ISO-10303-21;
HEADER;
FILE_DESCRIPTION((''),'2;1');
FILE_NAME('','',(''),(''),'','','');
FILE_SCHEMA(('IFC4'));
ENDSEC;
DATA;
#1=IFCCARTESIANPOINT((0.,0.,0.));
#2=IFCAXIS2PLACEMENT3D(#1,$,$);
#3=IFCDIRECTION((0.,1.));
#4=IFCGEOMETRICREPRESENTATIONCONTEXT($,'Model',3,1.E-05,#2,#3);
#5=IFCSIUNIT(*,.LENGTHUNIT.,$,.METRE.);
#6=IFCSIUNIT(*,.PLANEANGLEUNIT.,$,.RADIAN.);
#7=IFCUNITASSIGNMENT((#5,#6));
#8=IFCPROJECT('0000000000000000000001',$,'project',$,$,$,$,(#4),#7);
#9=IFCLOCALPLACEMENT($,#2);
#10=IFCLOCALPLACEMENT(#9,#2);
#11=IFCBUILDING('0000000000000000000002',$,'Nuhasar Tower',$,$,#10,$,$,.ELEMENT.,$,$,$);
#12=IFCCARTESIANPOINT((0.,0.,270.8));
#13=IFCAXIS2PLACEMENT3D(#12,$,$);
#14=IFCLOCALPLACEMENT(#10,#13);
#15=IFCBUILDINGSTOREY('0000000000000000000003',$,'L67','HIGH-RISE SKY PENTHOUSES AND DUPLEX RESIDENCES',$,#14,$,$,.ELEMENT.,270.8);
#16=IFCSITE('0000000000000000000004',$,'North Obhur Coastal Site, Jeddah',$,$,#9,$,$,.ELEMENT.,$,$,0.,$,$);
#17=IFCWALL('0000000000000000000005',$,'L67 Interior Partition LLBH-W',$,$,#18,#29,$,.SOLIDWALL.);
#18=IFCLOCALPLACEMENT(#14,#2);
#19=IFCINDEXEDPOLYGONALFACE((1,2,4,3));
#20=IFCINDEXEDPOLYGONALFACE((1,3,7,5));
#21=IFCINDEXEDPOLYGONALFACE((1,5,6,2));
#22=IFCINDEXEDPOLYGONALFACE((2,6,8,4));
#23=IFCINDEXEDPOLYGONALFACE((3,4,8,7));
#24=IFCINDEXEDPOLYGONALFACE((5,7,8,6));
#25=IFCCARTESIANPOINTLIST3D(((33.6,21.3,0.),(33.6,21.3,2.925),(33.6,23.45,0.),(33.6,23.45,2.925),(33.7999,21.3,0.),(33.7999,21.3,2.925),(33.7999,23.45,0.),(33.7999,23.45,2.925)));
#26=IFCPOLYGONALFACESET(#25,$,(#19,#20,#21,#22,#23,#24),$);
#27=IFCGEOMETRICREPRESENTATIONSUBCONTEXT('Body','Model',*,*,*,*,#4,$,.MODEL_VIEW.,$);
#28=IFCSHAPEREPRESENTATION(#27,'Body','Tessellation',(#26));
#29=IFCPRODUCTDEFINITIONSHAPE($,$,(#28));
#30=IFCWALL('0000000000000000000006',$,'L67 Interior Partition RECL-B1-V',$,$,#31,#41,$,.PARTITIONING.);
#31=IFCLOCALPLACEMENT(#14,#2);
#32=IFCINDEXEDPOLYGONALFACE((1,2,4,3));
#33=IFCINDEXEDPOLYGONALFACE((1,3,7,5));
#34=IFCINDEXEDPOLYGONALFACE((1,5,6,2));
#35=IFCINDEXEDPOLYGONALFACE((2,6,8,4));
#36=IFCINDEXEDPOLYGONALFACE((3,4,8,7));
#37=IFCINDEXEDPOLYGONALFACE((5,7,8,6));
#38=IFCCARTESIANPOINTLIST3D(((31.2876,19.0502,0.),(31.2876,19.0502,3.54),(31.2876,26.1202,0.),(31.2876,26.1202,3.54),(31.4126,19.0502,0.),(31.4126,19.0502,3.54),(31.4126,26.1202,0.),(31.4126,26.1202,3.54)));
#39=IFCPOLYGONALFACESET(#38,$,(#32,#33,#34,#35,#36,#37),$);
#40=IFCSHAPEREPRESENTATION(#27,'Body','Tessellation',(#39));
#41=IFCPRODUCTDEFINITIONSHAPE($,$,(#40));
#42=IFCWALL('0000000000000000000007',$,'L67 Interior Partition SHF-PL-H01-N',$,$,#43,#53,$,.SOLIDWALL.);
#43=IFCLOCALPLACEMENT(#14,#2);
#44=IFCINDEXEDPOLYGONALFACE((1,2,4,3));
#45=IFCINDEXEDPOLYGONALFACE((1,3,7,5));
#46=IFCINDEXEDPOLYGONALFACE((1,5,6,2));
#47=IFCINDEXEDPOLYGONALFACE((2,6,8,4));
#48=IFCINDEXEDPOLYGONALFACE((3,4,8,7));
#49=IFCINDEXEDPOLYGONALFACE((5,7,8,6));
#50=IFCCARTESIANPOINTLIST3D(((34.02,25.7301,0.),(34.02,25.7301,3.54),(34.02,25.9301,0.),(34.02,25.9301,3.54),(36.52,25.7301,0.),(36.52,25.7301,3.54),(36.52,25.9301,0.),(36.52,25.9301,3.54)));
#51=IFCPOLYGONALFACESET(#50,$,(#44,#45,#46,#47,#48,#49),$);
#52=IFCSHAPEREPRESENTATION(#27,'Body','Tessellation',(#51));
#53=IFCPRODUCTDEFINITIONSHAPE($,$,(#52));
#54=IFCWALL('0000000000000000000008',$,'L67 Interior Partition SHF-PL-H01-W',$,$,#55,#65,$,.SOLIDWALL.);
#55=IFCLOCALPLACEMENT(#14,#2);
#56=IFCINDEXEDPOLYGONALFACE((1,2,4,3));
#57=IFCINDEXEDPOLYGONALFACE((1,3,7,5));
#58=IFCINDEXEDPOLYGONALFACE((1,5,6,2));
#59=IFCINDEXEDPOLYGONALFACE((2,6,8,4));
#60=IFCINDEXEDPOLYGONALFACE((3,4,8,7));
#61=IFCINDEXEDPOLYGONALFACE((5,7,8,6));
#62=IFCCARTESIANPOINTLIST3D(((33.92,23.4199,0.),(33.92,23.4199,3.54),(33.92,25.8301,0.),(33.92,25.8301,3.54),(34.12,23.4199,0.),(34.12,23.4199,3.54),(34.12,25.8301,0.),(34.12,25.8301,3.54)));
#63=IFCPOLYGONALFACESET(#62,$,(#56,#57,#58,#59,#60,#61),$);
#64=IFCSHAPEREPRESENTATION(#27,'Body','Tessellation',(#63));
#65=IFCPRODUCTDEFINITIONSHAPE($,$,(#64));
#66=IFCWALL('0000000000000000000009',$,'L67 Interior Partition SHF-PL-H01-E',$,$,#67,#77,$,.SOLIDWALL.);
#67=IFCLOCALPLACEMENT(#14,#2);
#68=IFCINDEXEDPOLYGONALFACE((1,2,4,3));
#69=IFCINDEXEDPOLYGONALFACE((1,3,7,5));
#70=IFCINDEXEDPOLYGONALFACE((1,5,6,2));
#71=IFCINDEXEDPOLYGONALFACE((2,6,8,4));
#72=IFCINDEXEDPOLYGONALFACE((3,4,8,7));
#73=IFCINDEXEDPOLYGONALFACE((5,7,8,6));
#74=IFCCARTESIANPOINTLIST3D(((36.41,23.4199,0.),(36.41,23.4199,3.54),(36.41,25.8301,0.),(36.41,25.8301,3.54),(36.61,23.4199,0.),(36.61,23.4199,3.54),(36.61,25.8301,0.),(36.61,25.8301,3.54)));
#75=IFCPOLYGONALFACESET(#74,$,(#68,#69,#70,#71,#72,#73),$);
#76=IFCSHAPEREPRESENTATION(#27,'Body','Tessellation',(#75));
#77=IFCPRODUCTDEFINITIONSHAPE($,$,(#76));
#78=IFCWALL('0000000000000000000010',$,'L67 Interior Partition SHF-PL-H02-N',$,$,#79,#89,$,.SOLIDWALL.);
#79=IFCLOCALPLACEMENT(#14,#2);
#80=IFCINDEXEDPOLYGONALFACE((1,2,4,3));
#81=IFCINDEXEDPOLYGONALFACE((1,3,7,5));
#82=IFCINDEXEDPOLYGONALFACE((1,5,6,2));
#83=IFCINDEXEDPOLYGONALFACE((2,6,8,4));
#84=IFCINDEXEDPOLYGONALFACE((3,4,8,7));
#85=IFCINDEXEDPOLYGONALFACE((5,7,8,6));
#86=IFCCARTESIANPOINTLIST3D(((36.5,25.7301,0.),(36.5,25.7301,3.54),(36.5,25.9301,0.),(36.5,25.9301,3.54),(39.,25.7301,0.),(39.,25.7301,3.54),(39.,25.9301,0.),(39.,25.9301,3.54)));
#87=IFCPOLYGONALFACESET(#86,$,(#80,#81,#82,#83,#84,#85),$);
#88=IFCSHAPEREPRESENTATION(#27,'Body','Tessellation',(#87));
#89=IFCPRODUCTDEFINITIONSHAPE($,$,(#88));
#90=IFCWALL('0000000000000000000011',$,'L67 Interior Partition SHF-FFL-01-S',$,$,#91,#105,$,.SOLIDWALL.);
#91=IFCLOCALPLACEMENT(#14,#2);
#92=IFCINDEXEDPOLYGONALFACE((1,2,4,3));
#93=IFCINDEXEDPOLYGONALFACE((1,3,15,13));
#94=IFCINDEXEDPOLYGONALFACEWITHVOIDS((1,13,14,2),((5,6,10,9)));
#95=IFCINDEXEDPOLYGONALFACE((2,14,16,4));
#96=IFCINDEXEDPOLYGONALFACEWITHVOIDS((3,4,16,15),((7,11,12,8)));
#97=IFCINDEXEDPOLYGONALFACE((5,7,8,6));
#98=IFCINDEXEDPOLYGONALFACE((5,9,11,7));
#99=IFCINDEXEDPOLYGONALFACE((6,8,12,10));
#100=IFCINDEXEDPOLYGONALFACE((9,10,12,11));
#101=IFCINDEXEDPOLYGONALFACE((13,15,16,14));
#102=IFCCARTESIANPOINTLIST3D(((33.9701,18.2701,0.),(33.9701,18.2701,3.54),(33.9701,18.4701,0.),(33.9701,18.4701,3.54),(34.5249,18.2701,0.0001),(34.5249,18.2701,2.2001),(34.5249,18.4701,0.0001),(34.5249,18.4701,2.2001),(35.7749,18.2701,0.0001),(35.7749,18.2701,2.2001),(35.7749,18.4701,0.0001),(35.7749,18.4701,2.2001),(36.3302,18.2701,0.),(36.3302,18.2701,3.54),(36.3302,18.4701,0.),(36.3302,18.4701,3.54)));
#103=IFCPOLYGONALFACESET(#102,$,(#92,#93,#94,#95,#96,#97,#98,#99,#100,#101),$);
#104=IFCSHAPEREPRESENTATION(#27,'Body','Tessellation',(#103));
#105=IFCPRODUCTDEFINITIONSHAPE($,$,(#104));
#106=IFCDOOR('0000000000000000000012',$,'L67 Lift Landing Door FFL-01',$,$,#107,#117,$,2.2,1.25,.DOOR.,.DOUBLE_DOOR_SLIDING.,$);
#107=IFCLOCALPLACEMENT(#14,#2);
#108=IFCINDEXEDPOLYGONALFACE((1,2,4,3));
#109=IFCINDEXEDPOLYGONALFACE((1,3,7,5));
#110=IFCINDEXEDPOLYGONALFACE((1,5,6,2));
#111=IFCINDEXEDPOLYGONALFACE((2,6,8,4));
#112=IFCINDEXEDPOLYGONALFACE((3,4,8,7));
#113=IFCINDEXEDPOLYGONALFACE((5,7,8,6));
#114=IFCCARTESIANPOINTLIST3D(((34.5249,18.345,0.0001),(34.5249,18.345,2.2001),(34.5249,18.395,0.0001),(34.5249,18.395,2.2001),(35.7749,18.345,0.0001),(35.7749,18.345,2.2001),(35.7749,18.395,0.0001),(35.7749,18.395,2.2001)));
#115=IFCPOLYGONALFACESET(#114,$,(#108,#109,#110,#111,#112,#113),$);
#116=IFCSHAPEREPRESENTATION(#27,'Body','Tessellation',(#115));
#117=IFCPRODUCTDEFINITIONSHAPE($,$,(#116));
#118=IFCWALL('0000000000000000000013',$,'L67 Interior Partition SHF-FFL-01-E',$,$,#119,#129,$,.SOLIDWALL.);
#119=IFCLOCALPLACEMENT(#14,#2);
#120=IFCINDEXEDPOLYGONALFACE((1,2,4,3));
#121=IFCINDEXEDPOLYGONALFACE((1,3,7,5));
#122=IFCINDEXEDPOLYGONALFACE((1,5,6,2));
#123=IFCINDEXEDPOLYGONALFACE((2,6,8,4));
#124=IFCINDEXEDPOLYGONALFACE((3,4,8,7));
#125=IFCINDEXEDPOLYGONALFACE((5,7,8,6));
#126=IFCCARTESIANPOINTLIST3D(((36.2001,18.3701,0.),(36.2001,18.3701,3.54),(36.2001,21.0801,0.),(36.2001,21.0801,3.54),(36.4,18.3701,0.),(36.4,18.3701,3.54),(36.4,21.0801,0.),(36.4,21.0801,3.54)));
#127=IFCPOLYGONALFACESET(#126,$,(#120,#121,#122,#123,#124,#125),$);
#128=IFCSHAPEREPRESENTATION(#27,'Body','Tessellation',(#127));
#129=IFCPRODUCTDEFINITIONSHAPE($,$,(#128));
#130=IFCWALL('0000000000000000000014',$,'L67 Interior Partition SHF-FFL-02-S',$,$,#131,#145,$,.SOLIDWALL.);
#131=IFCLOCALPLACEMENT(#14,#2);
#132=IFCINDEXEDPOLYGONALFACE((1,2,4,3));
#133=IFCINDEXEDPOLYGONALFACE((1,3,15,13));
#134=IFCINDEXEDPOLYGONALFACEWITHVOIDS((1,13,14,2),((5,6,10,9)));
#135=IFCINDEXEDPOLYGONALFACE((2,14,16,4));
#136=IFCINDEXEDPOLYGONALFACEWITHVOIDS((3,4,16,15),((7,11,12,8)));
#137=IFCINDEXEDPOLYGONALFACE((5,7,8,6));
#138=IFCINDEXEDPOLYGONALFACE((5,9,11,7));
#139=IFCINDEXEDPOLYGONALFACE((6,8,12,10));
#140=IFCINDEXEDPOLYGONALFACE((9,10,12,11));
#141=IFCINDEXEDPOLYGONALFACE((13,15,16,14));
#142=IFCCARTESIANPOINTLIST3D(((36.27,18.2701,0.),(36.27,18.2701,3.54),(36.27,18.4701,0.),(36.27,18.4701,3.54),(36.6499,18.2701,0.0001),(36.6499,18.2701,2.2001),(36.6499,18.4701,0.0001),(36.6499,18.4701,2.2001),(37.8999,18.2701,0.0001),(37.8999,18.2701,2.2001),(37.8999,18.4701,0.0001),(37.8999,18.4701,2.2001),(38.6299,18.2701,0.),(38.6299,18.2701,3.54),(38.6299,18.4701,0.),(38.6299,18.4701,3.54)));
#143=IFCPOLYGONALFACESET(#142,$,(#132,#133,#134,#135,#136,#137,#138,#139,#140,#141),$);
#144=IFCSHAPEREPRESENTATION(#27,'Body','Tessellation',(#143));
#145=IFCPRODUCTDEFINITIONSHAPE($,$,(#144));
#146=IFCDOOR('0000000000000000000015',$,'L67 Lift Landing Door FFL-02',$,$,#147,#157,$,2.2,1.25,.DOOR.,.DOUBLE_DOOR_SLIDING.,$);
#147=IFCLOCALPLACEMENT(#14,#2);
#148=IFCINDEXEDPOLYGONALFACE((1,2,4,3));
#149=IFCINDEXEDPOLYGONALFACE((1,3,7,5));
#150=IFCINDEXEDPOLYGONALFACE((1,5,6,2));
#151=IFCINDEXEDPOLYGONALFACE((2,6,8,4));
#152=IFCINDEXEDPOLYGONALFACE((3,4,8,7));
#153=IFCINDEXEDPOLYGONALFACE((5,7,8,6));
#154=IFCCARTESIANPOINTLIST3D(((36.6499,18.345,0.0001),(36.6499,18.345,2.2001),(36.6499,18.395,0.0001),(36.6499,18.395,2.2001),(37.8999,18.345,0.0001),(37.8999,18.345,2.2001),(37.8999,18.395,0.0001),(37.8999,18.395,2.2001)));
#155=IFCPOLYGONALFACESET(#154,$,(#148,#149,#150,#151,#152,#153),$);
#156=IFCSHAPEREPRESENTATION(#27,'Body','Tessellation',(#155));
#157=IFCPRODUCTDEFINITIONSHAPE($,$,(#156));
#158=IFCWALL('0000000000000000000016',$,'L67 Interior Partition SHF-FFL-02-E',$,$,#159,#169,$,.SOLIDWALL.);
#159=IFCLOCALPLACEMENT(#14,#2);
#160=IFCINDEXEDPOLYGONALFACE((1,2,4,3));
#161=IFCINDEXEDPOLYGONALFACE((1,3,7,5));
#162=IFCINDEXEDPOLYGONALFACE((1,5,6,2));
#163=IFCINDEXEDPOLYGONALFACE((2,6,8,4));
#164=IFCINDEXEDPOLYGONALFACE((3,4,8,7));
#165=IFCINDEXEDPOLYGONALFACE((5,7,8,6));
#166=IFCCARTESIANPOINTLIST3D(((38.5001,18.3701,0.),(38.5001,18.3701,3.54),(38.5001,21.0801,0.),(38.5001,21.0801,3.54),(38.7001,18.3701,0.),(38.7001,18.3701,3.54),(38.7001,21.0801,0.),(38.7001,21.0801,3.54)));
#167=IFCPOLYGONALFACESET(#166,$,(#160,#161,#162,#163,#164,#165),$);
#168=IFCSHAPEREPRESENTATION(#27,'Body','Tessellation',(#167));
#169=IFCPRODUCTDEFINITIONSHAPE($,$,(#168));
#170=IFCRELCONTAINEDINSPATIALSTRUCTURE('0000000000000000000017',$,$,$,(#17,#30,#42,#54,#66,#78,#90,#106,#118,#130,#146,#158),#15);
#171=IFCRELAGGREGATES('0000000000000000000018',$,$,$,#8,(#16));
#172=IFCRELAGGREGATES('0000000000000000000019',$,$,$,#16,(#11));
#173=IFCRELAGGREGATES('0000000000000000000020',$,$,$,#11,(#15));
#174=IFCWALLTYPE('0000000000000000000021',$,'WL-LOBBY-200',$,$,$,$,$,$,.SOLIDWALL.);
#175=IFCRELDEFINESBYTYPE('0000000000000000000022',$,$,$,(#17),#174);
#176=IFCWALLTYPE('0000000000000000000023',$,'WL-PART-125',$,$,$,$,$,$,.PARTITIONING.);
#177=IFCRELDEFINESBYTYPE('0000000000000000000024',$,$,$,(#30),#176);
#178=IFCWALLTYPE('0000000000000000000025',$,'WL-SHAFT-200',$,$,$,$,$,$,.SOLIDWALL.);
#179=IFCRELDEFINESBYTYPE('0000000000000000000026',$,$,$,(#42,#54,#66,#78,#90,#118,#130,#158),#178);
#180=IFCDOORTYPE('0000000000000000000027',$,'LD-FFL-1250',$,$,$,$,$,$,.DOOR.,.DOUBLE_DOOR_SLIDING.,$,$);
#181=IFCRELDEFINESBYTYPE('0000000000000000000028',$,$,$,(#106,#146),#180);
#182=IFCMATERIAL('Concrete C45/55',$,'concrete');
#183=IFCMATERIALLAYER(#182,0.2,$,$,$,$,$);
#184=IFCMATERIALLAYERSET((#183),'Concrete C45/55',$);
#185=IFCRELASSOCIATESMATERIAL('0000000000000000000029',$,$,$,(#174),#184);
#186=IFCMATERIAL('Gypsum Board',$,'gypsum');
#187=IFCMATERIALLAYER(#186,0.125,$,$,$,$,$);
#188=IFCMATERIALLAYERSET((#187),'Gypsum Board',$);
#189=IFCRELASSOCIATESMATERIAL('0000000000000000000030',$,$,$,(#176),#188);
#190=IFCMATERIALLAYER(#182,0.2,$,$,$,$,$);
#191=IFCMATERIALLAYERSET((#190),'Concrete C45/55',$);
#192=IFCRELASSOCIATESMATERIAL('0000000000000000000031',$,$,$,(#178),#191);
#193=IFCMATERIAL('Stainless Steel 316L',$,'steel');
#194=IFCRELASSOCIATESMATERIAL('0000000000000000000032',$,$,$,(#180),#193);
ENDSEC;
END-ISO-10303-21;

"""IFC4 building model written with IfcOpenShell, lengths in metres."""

from ifc_helpers import new_model, si_unit, direction, frame, frame_2d, origin, place, context, subcontext, project, spatial, rectangle, extrude, material, layer, layer_set, type_object, element, fill, save


model = new_model("IFC4")

# Units and contexts
model_context = context("Model", 3, precision=1e-05, world=origin(), true_north=direction((0.0, 1.0)))
body_context = subcontext(model_context, "Body", "Model", "MODEL_VIEW")
ifc_project = project(units=[si_unit("LENGTHUNIT", "METRE"), si_unit("PLANEANGLEUNIT", "RADIAN")], contexts=[model_context])

# Site, building, storey
site_placement = place(None, origin())
site = spatial("IfcSite", under=ifc_project, at=site_placement, Name="North Obhur Coastal Site, Jeddah", CompositionType="ELEMENT", RefElevation=0.0)
building_placement = place(site_placement, origin())
building = spatial("IfcBuilding", under=site, at=building_placement, Name="Nuhasar Tower", CompositionType="ELEMENT")
storey_placement = place(building_placement, frame((0.0, 0.0, 270.8)))
storey = spatial("IfcBuildingStorey", under=building, at=storey_placement, Name="L67", Description="HIGH-RISE SKY PENTHOUSES AND DUPLEX RESIDENCES", CompositionType="ELEMENT", Elevation=270.8)

# Shared definitions
ifc_material_1 = material(Name="Gypsum Board", Category="gypsum")

# Walls
ifc_material_2 = material(Name="Concrete C45/55", Category="concrete")
ifc_layer_1 = layer(ifc_material_2, 0.2)
ifc_layer_set_1 = layer_set([ifc_layer_1], Name="Concrete C45/55")
wall_type_1 = type_object("IfcWallType", Name="WL-LOBBY-200", PredefinedType="SOLIDWALL", material=ifc_layer_set_1)
wall_1_placement = place(storey_placement, frame((33.7, 21.3, 0.0), z_axis=(0.0, 0.0, 1.0), x_axis=(0.0, 1.0, 0.0)))
element("IfcWall", 1, at=wall_1_placement, inside=storey, type_object=wall_type_1, Name="L67 Interior Partition LLBH-W", PredefinedType="SOLIDWALL", context=body_context, shape_type="SweptSolid", body=[
    extrude(rectangle(XDim=2.1499, YDim=0.2, at=frame_2d((1.075, 0.0))), origin(), (0.0, 0.0, 1.0), 2.925),
])
ifc_layer_2 = layer(ifc_material_1, 0.125)
ifc_layer_set_2 = layer_set([ifc_layer_2], Name="Gypsum Board")
wall_type_2 = type_object("IfcWallType", Name="WL-PART-125", PredefinedType="PARTITIONING", material=ifc_layer_set_2)
wall_2_placement = place(storey_placement, frame((31.3501, 19.05, 0.0), z_axis=(0.0, 0.0, 1.0), x_axis=(0.0, 1.0, 0.0)))
element("IfcWall", 2, at=wall_2_placement, inside=storey, type_object=wall_type_2, Name="L67 Interior Partition RECL-B1-V", PredefinedType="PARTITIONING", context=body_context, shape_type="SweptSolid", body=[
    extrude(rectangle(XDim=7.0701, YDim=0.125, at=frame_2d((3.5352, 0.0))), origin(), (0.0, 0.0, 1.0), 3.54),
])

# Shared definitions
ifc_layer_3 = layer(ifc_material_2, 0.2)
ifc_layer_set_3 = layer_set([ifc_layer_3], Name="Concrete C45/55")
wall_type_3 = type_object("IfcWallType", Name="WL-SHAFT-200", PredefinedType="SOLIDWALL", material=ifc_layer_set_3)
ifc_material_3 = material(Name="Stainless Steel 316L", Category="steel")

# Walls
wall_3_placement = place(storey_placement, frame((34.02, 25.8301, 0.0), z_axis=(0.0, 0.0, 1.0), x_axis=(1.0, 0.0, 0.0)))
element("IfcWall", 3, at=wall_3_placement, inside=storey, type_object=wall_type_3, Name="L67 Interior Partition SHF-PL-H01-N", PredefinedType="SOLIDWALL", context=body_context, shape_type="SweptSolid", body=[
    extrude(rectangle(XDim=2.5, YDim=0.2, at=frame_2d((1.25, 0.0))), origin(), (0.0, 0.0, 1.0), 3.54),
])
for number, where, z_axis, x_axis, name in (
    (4, (34.02, 23.4199, 0.0), (0.0, 0.0, 1.0), (0.0, 1.0, 0.0), "L67 Interior Partition SHF-PL-H01-W"),
    (5, (36.51, 23.4199, 0.0), (0.0, 0.0, 1.0), (0.0, 1.0, 0.0), "L67 Interior Partition SHF-PL-H01-E"),
):
    element("IfcWall", number, at=place(storey_placement, frame(where, z_axis=z_axis, x_axis=x_axis)), inside=storey, type_object=wall_type_3, Name=name, PredefinedType="SOLIDWALL", context=body_context, shape_type="SweptSolid", body=[
        extrude(rectangle(XDim=2.4102, YDim=0.2, at=frame_2d((1.2051, 0.0))), origin(), (0.0, 0.0, 1.0), 3.54),
    ])

# Wall
wall_4_placement = place(storey_placement, frame((36.5, 25.8301, 0.0), z_axis=(0.0, 0.0, 1.0), x_axis=(1.0, 0.0, 0.0)))
element("IfcWall", 6, at=wall_4_placement, inside=storey, type_object=wall_type_3, Name="L67 Interior Partition SHF-PL-H02-N", PredefinedType="SOLIDWALL", context=body_context, shape_type="SweptSolid", body=[
    extrude(rectangle(XDim=2.5, YDim=0.2, at=frame_2d((1.25, 0.0))), origin(), (0.0, 0.0, 1.0), 3.54),
])

# Wall, opening, door
wall_5_placement = place(storey_placement, frame((33.97, 18.3701, 0.0), z_axis=(0.0, 0.0, 1.0), x_axis=(1.0, 0.0, 0.0)))
wall_5 = element("IfcWall", 7, at=wall_5_placement, inside=storey, type_object=wall_type_3, Name="L67 Interior Partition SHF-FFL-01-S", PredefinedType="SOLIDWALL", context=body_context, shape_type="SweptSolid", body=[
    extrude(rectangle(XDim=2.3601, YDim=0.2, at=frame_2d((1.1802, 0.0))), origin(), (0.0, 0.0, 1.0), 3.54),
])
opening_1_placement = place(wall_5_placement, frame((0.5549, 0.0, 0.0)))
opening_1 = element("IfcOpeningElement", 8, at=opening_1_placement, cuts=wall_5, PredefinedType="OPENING", context=body_context, shape_type="SweptSolid", body=[
    extrude(rectangle(XDim=1.25, YDim=2.2, at=frame_2d((0.625, 1.1001))), frame((0.0, 0.1099, 0.0), z_axis=(0.0, -1.0, 0.0), x_axis=(1.0, 0.0, 0.0)), (0.0, 0.0, 1.0), 0.22),
])
door_type_1 = type_object("IfcDoorType", Name="LD-FFL-1250", OperationType="DOUBLE_DOOR_SLIDING", PredefinedType="DOOR", material=ifc_material_3)
door_1_placement = place(opening_1_placement, origin())
door_1 = element("IfcDoor", 9, at=door_1_placement, inside=storey, type_object=door_type_1, Name="L67 Lift Landing Door FFL-01", OperationType="DOUBLE_DOOR_SLIDING", OverallHeight=2.2, OverallWidth=1.25, PredefinedType="DOOR", context=body_context, shape_type="SweptSolid", body=[
    extrude(rectangle(XDim=1.25, YDim=2.2, at=frame_2d((0.625, 1.1001))), frame((0.0, 0.0249, 0.0), z_axis=(0.0, -1.0, 0.0), x_axis=(1.0, 0.0, 0.0)), (0.0, 0.0, 1.0), 0.05),
])
fill(opening_1, door_1)

# Wall
wall_6_placement = place(storey_placement, frame((36.3, 18.3701, 0.0), z_axis=(0.0, 0.0, 1.0), x_axis=(0.0, 1.0, 0.0)))
element("IfcWall", 10, at=wall_6_placement, inside=storey, type_object=wall_type_3, Name="L67 Interior Partition SHF-FFL-01-E", PredefinedType="SOLIDWALL", context=body_context, shape_type="SweptSolid", body=[
    extrude(rectangle(XDim=2.71, YDim=0.2, at=frame_2d((1.355, 0.0))), origin(), (0.0, 0.0, 1.0), 3.54),
])

# Wall, opening, door
wall_7_placement = place(storey_placement, frame((36.27, 18.3701, 0.0), z_axis=(0.0, 0.0, 1.0), x_axis=(1.0, 0.0, 0.0)))
wall_7 = element("IfcWall", 11, at=wall_7_placement, inside=storey, type_object=wall_type_3, Name="L67 Interior Partition SHF-FFL-02-S", PredefinedType="SOLIDWALL", context=body_context, shape_type="SweptSolid", body=[
    extrude(rectangle(XDim=2.3599, YDim=0.2, at=frame_2d((1.1799, 0.0))), origin(), (0.0, 0.0, 1.0), 3.54),
])
opening_2_placement = place(wall_7_placement, frame((0.3799, 0.0, 0.0)))
opening_2 = element("IfcOpeningElement", 12, at=opening_2_placement, cuts=wall_7, PredefinedType="OPENING", context=body_context, shape_type="SweptSolid", body=[
    extrude(rectangle(XDim=1.25, YDim=2.2, at=frame_2d((0.625, 1.1001))), frame((0.0, 0.1099, 0.0), z_axis=(0.0, -1.0, 0.0), x_axis=(1.0, 0.0, 0.0)), (0.0, 0.0, 1.0), 0.22),
])
door_2_placement = place(opening_2_placement, origin())
door_2 = element("IfcDoor", 13, at=door_2_placement, inside=storey, type_object=door_type_1, Name="L67 Lift Landing Door FFL-02", OperationType="DOUBLE_DOOR_SLIDING", OverallHeight=2.2, OverallWidth=1.25, PredefinedType="DOOR", context=body_context, shape_type="SweptSolid", body=[
    extrude(rectangle(XDim=1.25, YDim=2.2, at=frame_2d((0.625, 1.1001))), frame((0.0, 0.0249, 0.0), z_axis=(0.0, -1.0, 0.0), x_axis=(1.0, 0.0, 0.0)), (0.0, 0.0, 1.0), 0.05),
])
fill(opening_2, door_2)

# Wall
wall_8_placement = place(storey_placement, frame((38.6001, 18.3701, 0.0), z_axis=(0.0, 0.0, 1.0), x_axis=(0.0, 1.0, 0.0)))
element("IfcWall", 14, at=wall_8_placement, inside=storey, type_object=wall_type_3, Name="L67 Interior Partition SHF-FFL-02-E", PredefinedType="SOLIDWALL", context=body_context, shape_type="SweptSolid", body=[
    extrude(rectangle(XDim=2.71, YDim=0.2, at=frame_2d((1.355, 0.0))), origin(), (0.0, 0.0, 1.0), 3.54),
])

save(model, "model.ifc")
